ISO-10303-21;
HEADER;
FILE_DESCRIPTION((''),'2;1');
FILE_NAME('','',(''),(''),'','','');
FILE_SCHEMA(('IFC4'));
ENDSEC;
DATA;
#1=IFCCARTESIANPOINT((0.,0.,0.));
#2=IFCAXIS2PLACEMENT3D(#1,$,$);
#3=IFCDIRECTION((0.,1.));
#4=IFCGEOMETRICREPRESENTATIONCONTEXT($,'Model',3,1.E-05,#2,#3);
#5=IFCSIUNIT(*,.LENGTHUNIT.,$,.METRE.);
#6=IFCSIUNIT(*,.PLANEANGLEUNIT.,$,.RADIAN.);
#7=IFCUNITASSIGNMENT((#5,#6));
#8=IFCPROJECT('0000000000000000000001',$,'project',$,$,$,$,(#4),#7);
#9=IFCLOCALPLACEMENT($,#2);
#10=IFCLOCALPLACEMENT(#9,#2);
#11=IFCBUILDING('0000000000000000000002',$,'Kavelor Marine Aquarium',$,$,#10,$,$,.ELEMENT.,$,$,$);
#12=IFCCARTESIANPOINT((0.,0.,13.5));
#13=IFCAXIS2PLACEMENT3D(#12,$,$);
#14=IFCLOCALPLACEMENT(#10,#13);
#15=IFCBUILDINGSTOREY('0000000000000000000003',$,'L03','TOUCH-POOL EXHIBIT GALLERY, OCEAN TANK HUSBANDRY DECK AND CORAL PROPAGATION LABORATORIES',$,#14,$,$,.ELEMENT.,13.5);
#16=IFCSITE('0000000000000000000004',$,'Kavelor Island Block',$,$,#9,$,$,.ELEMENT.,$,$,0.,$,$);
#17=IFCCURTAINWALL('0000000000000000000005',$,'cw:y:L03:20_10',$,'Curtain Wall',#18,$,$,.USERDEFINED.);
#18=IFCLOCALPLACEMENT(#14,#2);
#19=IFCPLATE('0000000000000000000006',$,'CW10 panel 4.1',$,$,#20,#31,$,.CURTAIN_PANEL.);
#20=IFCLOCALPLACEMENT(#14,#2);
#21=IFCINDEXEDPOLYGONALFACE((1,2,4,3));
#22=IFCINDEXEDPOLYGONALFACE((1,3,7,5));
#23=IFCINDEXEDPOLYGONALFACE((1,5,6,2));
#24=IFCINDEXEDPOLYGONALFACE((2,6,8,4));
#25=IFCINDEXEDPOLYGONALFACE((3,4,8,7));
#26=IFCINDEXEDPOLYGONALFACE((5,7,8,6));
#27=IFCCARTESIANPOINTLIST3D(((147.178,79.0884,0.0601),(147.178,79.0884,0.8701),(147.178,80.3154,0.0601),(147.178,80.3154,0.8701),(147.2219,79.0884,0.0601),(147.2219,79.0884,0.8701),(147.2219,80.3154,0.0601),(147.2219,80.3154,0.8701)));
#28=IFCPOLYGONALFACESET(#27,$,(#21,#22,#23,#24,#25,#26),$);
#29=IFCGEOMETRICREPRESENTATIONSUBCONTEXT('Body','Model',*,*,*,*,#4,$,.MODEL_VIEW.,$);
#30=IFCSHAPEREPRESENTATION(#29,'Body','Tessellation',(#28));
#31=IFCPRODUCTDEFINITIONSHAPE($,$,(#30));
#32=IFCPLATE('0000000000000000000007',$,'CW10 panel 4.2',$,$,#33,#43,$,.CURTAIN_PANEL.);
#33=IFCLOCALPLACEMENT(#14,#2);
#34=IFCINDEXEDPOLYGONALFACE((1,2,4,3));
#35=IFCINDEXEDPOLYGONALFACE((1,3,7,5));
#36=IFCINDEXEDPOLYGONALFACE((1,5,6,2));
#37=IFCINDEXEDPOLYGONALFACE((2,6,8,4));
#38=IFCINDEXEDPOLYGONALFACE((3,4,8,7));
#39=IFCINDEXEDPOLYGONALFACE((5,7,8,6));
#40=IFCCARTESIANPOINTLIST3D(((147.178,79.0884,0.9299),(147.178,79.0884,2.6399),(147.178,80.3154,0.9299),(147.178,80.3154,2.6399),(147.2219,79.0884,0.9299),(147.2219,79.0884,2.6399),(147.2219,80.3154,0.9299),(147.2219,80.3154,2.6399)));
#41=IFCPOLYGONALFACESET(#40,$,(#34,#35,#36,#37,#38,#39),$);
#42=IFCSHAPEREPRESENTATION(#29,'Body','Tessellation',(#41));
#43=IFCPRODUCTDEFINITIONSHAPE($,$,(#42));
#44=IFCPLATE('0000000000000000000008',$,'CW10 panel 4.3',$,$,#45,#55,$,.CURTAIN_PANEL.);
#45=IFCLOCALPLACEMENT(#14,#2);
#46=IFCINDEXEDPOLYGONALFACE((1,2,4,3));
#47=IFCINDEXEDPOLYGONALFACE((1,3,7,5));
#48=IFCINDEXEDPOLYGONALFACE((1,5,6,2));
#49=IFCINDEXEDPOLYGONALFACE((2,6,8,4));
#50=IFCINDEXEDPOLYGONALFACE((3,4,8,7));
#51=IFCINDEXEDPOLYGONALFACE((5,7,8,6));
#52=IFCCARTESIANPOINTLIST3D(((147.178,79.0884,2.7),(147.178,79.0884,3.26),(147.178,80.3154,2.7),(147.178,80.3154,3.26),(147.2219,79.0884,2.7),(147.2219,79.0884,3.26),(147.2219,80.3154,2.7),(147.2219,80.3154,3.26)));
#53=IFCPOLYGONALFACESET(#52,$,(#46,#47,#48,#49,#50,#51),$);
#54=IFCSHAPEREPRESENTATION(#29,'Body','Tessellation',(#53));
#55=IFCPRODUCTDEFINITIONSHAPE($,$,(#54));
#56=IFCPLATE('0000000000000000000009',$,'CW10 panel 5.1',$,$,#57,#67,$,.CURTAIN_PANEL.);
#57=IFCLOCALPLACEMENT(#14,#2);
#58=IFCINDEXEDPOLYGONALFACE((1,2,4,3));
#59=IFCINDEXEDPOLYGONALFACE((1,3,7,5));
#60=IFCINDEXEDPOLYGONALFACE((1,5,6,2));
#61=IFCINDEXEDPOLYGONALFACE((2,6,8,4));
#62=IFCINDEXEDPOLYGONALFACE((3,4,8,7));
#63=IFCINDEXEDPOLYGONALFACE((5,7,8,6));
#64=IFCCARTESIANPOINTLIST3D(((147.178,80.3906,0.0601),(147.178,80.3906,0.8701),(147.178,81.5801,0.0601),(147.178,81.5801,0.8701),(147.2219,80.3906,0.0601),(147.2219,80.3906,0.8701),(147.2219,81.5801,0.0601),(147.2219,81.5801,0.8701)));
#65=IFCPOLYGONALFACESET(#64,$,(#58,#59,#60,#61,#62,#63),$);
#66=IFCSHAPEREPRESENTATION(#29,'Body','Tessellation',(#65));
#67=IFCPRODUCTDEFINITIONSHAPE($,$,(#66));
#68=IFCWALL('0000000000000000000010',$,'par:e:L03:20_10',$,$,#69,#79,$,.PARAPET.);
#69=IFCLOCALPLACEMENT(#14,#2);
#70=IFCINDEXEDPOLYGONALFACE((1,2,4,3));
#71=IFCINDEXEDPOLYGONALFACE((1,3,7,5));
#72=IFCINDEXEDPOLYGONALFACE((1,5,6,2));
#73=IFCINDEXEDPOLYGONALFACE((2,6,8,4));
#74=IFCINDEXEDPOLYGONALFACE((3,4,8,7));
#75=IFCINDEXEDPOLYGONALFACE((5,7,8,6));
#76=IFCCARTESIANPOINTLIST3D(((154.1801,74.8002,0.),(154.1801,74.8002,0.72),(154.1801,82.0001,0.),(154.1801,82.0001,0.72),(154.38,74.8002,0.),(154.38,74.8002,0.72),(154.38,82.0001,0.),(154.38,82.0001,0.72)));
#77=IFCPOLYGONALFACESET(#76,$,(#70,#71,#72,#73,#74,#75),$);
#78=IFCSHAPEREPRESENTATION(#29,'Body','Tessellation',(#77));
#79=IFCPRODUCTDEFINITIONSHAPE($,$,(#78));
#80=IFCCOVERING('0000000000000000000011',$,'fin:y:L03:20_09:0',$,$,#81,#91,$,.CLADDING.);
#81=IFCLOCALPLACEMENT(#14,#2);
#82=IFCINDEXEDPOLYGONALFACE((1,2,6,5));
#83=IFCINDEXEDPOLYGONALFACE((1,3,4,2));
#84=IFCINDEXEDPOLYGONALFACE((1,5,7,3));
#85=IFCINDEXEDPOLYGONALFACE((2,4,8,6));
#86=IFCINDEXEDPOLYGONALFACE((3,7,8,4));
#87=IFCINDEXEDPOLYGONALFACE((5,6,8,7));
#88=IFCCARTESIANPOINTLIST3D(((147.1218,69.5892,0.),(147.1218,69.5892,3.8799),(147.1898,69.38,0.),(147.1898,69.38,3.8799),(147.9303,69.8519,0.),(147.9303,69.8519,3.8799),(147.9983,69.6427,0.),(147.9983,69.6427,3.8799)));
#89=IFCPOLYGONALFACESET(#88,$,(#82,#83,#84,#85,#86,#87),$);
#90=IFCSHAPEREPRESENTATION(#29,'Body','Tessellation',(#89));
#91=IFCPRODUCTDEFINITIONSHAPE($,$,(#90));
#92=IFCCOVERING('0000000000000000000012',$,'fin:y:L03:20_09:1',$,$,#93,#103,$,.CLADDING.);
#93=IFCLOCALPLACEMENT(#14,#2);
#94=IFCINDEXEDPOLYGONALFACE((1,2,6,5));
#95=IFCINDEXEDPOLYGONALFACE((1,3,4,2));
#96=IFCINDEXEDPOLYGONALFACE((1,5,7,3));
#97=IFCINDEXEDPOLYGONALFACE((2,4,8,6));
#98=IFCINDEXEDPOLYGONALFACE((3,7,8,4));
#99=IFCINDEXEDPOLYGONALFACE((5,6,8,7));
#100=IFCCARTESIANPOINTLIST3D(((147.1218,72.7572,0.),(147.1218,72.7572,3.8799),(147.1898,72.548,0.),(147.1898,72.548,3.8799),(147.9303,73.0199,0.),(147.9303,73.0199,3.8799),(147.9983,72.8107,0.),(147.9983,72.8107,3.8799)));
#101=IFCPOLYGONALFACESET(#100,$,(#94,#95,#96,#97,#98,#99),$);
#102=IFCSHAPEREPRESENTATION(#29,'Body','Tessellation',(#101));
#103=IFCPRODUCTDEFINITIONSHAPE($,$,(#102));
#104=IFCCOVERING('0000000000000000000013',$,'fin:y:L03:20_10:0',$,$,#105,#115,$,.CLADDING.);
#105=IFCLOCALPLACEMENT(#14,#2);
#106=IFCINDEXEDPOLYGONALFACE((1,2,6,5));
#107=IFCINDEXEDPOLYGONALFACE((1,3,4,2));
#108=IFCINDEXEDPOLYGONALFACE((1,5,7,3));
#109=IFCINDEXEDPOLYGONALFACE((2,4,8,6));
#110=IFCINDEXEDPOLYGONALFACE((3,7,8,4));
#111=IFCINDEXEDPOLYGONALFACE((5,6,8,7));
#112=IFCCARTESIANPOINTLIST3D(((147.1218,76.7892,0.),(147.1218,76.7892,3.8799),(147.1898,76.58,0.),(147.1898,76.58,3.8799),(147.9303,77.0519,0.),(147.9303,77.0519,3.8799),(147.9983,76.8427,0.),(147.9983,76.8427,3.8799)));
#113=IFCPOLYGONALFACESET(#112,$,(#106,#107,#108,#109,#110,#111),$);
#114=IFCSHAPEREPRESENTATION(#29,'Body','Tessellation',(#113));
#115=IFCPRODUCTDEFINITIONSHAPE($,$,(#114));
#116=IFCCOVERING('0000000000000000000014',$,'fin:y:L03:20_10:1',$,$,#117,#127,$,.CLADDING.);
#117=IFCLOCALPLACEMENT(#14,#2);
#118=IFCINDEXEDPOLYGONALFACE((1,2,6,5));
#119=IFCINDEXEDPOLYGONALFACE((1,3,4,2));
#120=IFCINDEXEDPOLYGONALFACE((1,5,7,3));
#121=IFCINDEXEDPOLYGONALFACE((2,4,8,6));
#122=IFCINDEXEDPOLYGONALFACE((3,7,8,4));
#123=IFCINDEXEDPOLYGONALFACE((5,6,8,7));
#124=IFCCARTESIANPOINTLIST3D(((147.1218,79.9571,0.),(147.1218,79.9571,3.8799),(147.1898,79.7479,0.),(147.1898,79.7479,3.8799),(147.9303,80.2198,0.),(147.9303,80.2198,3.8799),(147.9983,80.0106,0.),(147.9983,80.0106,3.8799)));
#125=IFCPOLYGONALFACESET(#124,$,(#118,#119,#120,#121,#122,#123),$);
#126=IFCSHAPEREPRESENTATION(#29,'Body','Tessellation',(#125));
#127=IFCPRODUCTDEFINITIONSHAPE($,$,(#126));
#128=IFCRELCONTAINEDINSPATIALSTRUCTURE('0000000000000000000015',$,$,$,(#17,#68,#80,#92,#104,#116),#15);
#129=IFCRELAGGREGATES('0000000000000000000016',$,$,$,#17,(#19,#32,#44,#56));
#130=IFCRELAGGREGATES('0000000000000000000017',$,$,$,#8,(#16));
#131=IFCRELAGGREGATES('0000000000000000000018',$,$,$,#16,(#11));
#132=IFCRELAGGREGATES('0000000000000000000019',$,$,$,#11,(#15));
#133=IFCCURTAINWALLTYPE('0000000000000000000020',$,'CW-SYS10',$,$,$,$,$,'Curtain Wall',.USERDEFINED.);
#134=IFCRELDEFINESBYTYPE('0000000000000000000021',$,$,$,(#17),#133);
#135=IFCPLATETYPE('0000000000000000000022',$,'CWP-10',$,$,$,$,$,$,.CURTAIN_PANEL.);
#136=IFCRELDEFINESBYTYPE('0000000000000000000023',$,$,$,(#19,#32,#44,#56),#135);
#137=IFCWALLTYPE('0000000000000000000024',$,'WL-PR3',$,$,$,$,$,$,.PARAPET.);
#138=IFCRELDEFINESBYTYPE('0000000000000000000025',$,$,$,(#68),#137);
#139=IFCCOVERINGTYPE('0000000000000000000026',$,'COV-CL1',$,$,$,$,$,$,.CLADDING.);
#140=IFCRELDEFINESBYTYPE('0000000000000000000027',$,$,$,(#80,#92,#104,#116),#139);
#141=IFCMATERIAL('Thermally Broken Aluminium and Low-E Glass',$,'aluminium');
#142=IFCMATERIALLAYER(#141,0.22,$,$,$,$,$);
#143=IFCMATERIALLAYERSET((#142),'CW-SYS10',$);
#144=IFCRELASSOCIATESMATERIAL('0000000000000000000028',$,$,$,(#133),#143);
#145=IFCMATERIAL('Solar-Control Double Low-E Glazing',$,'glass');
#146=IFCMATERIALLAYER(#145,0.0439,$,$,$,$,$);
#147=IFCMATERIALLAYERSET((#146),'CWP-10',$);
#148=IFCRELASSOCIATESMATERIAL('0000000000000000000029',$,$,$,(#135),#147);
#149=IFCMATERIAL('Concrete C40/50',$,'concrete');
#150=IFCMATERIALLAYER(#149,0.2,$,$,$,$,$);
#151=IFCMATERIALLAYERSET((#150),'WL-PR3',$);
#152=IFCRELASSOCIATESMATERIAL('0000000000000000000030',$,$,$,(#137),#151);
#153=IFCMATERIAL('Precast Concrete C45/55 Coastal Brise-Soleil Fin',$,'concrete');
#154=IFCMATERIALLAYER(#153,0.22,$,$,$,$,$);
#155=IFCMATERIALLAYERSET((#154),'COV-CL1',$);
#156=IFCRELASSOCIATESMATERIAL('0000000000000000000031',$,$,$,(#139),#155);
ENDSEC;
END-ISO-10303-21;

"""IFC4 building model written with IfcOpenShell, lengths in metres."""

from ifc_helpers import new_model, si_unit, direction, frame, frame_2d, origin, origin_2d, place, context, subcontext, project, spatial, rectangle, extrude, material, layer, layer_set, type_object, element, aggregate, save


model = new_model("IFC4")

# Units and contexts
model_context = context("Model", 3, precision=1e-05, world=origin(), true_north=direction((0.0, 1.0)))
body_context = subcontext(model_context, "Body", "Model", "MODEL_VIEW")
ifc_project = project(units=[si_unit("LENGTHUNIT", "METRE"), si_unit("PLANEANGLEUNIT", "RADIAN")], contexts=[model_context])

# Site, building, storey
site_placement = place(None, origin())
site = spatial("IfcSite", under=ifc_project, at=site_placement, Name="Kavelor Island Block", CompositionType="ELEMENT", RefElevation=0.0)
building_placement = place(site_placement, origin())
building = spatial("IfcBuilding", under=site, at=building_placement, Name="Kavelor Marine Aquarium", CompositionType="ELEMENT")
storey_placement = place(building_placement, frame((0.0, 0.0, 13.5)))
storey = spatial("IfcBuildingStorey", under=building, at=storey_placement, Name="L03", Description="TOUCH-POOL EXHIBIT GALLERY, OCEAN TANK HUSBANDRY DECK AND CORAL PROPAGATION LABORATORIES", CompositionType="ELEMENT", Elevation=13.5)

# Curtain wall, plates
ifc_material_1 = material(Name="Thermally Broken Aluminium and Low-E Glass", Category="aluminium")
ifc_layer_1 = layer(ifc_material_1, 0.22)
ifc_layer_set_1 = layer_set([ifc_layer_1], Name="CW-SYS10")
curtain_wall_type = type_object("IfcCurtainWallType", Name="CW-SYS10", ElementType="Curtain Wall", PredefinedType="USERDEFINED", material=ifc_layer_set_1)
curtain_wall_placement = place(storey_placement, origin())
curtain_wall = element("IfcCurtainWall", 1, at=curtain_wall_placement, inside=storey, type_object=curtain_wall_type, Name="cw:y:L03:20_10", ObjectType="Curtain Wall", PredefinedType="USERDEFINED")
ifc_material_2 = material(Name="Solar-Control Double Low-E Glazing", Category="glass")
ifc_layer_2 = layer(ifc_material_2, 0.0439)
ifc_layer_set_2 = layer_set([ifc_layer_2], Name="CWP-10")
plate_type = type_object("IfcPlateType", Name="CWP-10", PredefinedType="CURTAIN_PANEL", material=ifc_layer_set_2)
plate_1_placement = place(storey_placement, frame((147.2, 79.7019, 0.0601), z_axis=(0.0, 0.0, 1.0), x_axis=(0.0, 1.0, 0.0)))
plate_1 = element("IfcPlate", 2, at=plate_1_placement, type_object=plate_type, Name="CW10 panel 4.1", PredefinedType="CURTAIN_PANEL", context=body_context, shape_type="SweptSolid", body=[
    extrude(rectangle(XDim=1.2271, YDim=0.0439, at=origin_2d()), origin(), (0.0, 0.0, 1.0), 0.8101),
])
plate_2_placement = place(storey_placement, frame((147.2, 79.7019, 0.9299), z_axis=(0.0, 0.0, 1.0), x_axis=(0.0, 1.0, 0.0)))
plate_2 = element("IfcPlate", 3, at=plate_2_placement, type_object=plate_type, Name="CW10 panel 4.2", PredefinedType="CURTAIN_PANEL", context=body_context, shape_type="SweptSolid", body=[
    extrude(rectangle(XDim=1.2271, YDim=0.0439, at=origin_2d()), origin(), (0.0, 0.0, 1.0), 1.71),
])
plate_3_placement = place(storey_placement, frame((147.2, 79.7019, 2.7), z_axis=(0.0, 0.0, 1.0), x_axis=(0.0, 1.0, 0.0)))
plate_3 = element("IfcPlate", 4, at=plate_3_placement, type_object=plate_type, Name="CW10 panel 4.3", PredefinedType="CURTAIN_PANEL", context=body_context, shape_type="SweptSolid", body=[
    extrude(rectangle(XDim=1.2271, YDim=0.0439, at=origin_2d()), origin(), (0.0, 0.0, 1.0), 0.5601),
])
plate_4_placement = place(storey_placement, frame((147.2, 80.9854, 0.0601), z_axis=(0.0, 0.0, 1.0), x_axis=(0.0, 1.0, 0.0)))
plate_4 = element("IfcPlate", 5, at=plate_4_placement, type_object=plate_type, Name="CW10 panel 5.1", PredefinedType="CURTAIN_PANEL", context=body_context, shape_type="SweptSolid", body=[
    extrude(rectangle(XDim=1.1895, YDim=0.0439, at=origin_2d()), origin(), (0.0, 0.0, 1.0), 0.8101),
])
aggregate(curtain_wall, [plate_1, plate_2, plate_3, plate_4])

# Wall
ifc_material_3 = material(Name="Concrete C40/50", Category="concrete")
ifc_layer_3 = layer(ifc_material_3, 0.2)
ifc_layer_set_3 = layer_set([ifc_layer_3], Name="WL-PR3")
wall_type = type_object("IfcWallType", Name="WL-PR3", PredefinedType="PARAPET", material=ifc_layer_set_3)
wall_placement = place(storey_placement, frame((154.28, 74.8, 0.0), z_axis=(0.0, 0.0, 1.0), x_axis=(0.0, 1.0, 0.0)))
element("IfcWall", 6, at=wall_placement, inside=storey, type_object=wall_type, Name="par:e:L03:20_10", PredefinedType="PARAPET", context=body_context, shape_type="SweptSolid", body=[
    extrude(rectangle(XDim=7.2, YDim=0.2, at=frame_2d((3.6001, 0.0))), origin(), (0.0, 0.0, 1.0), 0.72),
])

# Coverings
ifc_material_4 = material(Name="Precast Concrete C45/55 Coastal Brise-Soleil Fin", Category="concrete")
ifc_layer_4 = layer(ifc_material_4, 0.22)
ifc_layer_set_4 = layer_set([ifc_layer_4], Name="COV-CL1")
covering_type = type_object("IfcCoveringType", Name="COV-CL1", PredefinedType="CLADDING", material=ifc_layer_set_4)
for number, where, z_axis, x_axis, name in (
    (7, (147.5601, 69.616, 0.0), (0.0, 0.0, 1.0), (0.951057, 0.309017, 0.0), "fin:y:L03:20_09:0"),
    (8, (147.5601, 72.7839, 0.0), (0.0, 0.0, 1.0), (0.951057, 0.309017, 0.0), "fin:y:L03:20_09:1"),
    (9, (147.5601, 76.8159, 0.0), (0.0, 0.0, 1.0), (0.951057, 0.309017, 0.0), "fin:y:L03:20_10:0"),
    (10, (147.5601, 79.9839, 0.0), (0.0, 0.0, 1.0), (0.951057, 0.309017, 0.0), "fin:y:L03:20_10:1"),
):
    element("IfcCovering", number, at=place(storey_placement, frame(where, z_axis=z_axis, x_axis=x_axis)), inside=storey, type_object=covering_type, Name=name, PredefinedType="CLADDING", context=body_context, shape_type="SweptSolid", body=[
        extrude(rectangle(XDim=0.8501, YDim=0.22, at=origin_2d()), origin(), (0.0, 0.0, 1.0), 3.8799),
    ])

save(model, "model.ifc")
